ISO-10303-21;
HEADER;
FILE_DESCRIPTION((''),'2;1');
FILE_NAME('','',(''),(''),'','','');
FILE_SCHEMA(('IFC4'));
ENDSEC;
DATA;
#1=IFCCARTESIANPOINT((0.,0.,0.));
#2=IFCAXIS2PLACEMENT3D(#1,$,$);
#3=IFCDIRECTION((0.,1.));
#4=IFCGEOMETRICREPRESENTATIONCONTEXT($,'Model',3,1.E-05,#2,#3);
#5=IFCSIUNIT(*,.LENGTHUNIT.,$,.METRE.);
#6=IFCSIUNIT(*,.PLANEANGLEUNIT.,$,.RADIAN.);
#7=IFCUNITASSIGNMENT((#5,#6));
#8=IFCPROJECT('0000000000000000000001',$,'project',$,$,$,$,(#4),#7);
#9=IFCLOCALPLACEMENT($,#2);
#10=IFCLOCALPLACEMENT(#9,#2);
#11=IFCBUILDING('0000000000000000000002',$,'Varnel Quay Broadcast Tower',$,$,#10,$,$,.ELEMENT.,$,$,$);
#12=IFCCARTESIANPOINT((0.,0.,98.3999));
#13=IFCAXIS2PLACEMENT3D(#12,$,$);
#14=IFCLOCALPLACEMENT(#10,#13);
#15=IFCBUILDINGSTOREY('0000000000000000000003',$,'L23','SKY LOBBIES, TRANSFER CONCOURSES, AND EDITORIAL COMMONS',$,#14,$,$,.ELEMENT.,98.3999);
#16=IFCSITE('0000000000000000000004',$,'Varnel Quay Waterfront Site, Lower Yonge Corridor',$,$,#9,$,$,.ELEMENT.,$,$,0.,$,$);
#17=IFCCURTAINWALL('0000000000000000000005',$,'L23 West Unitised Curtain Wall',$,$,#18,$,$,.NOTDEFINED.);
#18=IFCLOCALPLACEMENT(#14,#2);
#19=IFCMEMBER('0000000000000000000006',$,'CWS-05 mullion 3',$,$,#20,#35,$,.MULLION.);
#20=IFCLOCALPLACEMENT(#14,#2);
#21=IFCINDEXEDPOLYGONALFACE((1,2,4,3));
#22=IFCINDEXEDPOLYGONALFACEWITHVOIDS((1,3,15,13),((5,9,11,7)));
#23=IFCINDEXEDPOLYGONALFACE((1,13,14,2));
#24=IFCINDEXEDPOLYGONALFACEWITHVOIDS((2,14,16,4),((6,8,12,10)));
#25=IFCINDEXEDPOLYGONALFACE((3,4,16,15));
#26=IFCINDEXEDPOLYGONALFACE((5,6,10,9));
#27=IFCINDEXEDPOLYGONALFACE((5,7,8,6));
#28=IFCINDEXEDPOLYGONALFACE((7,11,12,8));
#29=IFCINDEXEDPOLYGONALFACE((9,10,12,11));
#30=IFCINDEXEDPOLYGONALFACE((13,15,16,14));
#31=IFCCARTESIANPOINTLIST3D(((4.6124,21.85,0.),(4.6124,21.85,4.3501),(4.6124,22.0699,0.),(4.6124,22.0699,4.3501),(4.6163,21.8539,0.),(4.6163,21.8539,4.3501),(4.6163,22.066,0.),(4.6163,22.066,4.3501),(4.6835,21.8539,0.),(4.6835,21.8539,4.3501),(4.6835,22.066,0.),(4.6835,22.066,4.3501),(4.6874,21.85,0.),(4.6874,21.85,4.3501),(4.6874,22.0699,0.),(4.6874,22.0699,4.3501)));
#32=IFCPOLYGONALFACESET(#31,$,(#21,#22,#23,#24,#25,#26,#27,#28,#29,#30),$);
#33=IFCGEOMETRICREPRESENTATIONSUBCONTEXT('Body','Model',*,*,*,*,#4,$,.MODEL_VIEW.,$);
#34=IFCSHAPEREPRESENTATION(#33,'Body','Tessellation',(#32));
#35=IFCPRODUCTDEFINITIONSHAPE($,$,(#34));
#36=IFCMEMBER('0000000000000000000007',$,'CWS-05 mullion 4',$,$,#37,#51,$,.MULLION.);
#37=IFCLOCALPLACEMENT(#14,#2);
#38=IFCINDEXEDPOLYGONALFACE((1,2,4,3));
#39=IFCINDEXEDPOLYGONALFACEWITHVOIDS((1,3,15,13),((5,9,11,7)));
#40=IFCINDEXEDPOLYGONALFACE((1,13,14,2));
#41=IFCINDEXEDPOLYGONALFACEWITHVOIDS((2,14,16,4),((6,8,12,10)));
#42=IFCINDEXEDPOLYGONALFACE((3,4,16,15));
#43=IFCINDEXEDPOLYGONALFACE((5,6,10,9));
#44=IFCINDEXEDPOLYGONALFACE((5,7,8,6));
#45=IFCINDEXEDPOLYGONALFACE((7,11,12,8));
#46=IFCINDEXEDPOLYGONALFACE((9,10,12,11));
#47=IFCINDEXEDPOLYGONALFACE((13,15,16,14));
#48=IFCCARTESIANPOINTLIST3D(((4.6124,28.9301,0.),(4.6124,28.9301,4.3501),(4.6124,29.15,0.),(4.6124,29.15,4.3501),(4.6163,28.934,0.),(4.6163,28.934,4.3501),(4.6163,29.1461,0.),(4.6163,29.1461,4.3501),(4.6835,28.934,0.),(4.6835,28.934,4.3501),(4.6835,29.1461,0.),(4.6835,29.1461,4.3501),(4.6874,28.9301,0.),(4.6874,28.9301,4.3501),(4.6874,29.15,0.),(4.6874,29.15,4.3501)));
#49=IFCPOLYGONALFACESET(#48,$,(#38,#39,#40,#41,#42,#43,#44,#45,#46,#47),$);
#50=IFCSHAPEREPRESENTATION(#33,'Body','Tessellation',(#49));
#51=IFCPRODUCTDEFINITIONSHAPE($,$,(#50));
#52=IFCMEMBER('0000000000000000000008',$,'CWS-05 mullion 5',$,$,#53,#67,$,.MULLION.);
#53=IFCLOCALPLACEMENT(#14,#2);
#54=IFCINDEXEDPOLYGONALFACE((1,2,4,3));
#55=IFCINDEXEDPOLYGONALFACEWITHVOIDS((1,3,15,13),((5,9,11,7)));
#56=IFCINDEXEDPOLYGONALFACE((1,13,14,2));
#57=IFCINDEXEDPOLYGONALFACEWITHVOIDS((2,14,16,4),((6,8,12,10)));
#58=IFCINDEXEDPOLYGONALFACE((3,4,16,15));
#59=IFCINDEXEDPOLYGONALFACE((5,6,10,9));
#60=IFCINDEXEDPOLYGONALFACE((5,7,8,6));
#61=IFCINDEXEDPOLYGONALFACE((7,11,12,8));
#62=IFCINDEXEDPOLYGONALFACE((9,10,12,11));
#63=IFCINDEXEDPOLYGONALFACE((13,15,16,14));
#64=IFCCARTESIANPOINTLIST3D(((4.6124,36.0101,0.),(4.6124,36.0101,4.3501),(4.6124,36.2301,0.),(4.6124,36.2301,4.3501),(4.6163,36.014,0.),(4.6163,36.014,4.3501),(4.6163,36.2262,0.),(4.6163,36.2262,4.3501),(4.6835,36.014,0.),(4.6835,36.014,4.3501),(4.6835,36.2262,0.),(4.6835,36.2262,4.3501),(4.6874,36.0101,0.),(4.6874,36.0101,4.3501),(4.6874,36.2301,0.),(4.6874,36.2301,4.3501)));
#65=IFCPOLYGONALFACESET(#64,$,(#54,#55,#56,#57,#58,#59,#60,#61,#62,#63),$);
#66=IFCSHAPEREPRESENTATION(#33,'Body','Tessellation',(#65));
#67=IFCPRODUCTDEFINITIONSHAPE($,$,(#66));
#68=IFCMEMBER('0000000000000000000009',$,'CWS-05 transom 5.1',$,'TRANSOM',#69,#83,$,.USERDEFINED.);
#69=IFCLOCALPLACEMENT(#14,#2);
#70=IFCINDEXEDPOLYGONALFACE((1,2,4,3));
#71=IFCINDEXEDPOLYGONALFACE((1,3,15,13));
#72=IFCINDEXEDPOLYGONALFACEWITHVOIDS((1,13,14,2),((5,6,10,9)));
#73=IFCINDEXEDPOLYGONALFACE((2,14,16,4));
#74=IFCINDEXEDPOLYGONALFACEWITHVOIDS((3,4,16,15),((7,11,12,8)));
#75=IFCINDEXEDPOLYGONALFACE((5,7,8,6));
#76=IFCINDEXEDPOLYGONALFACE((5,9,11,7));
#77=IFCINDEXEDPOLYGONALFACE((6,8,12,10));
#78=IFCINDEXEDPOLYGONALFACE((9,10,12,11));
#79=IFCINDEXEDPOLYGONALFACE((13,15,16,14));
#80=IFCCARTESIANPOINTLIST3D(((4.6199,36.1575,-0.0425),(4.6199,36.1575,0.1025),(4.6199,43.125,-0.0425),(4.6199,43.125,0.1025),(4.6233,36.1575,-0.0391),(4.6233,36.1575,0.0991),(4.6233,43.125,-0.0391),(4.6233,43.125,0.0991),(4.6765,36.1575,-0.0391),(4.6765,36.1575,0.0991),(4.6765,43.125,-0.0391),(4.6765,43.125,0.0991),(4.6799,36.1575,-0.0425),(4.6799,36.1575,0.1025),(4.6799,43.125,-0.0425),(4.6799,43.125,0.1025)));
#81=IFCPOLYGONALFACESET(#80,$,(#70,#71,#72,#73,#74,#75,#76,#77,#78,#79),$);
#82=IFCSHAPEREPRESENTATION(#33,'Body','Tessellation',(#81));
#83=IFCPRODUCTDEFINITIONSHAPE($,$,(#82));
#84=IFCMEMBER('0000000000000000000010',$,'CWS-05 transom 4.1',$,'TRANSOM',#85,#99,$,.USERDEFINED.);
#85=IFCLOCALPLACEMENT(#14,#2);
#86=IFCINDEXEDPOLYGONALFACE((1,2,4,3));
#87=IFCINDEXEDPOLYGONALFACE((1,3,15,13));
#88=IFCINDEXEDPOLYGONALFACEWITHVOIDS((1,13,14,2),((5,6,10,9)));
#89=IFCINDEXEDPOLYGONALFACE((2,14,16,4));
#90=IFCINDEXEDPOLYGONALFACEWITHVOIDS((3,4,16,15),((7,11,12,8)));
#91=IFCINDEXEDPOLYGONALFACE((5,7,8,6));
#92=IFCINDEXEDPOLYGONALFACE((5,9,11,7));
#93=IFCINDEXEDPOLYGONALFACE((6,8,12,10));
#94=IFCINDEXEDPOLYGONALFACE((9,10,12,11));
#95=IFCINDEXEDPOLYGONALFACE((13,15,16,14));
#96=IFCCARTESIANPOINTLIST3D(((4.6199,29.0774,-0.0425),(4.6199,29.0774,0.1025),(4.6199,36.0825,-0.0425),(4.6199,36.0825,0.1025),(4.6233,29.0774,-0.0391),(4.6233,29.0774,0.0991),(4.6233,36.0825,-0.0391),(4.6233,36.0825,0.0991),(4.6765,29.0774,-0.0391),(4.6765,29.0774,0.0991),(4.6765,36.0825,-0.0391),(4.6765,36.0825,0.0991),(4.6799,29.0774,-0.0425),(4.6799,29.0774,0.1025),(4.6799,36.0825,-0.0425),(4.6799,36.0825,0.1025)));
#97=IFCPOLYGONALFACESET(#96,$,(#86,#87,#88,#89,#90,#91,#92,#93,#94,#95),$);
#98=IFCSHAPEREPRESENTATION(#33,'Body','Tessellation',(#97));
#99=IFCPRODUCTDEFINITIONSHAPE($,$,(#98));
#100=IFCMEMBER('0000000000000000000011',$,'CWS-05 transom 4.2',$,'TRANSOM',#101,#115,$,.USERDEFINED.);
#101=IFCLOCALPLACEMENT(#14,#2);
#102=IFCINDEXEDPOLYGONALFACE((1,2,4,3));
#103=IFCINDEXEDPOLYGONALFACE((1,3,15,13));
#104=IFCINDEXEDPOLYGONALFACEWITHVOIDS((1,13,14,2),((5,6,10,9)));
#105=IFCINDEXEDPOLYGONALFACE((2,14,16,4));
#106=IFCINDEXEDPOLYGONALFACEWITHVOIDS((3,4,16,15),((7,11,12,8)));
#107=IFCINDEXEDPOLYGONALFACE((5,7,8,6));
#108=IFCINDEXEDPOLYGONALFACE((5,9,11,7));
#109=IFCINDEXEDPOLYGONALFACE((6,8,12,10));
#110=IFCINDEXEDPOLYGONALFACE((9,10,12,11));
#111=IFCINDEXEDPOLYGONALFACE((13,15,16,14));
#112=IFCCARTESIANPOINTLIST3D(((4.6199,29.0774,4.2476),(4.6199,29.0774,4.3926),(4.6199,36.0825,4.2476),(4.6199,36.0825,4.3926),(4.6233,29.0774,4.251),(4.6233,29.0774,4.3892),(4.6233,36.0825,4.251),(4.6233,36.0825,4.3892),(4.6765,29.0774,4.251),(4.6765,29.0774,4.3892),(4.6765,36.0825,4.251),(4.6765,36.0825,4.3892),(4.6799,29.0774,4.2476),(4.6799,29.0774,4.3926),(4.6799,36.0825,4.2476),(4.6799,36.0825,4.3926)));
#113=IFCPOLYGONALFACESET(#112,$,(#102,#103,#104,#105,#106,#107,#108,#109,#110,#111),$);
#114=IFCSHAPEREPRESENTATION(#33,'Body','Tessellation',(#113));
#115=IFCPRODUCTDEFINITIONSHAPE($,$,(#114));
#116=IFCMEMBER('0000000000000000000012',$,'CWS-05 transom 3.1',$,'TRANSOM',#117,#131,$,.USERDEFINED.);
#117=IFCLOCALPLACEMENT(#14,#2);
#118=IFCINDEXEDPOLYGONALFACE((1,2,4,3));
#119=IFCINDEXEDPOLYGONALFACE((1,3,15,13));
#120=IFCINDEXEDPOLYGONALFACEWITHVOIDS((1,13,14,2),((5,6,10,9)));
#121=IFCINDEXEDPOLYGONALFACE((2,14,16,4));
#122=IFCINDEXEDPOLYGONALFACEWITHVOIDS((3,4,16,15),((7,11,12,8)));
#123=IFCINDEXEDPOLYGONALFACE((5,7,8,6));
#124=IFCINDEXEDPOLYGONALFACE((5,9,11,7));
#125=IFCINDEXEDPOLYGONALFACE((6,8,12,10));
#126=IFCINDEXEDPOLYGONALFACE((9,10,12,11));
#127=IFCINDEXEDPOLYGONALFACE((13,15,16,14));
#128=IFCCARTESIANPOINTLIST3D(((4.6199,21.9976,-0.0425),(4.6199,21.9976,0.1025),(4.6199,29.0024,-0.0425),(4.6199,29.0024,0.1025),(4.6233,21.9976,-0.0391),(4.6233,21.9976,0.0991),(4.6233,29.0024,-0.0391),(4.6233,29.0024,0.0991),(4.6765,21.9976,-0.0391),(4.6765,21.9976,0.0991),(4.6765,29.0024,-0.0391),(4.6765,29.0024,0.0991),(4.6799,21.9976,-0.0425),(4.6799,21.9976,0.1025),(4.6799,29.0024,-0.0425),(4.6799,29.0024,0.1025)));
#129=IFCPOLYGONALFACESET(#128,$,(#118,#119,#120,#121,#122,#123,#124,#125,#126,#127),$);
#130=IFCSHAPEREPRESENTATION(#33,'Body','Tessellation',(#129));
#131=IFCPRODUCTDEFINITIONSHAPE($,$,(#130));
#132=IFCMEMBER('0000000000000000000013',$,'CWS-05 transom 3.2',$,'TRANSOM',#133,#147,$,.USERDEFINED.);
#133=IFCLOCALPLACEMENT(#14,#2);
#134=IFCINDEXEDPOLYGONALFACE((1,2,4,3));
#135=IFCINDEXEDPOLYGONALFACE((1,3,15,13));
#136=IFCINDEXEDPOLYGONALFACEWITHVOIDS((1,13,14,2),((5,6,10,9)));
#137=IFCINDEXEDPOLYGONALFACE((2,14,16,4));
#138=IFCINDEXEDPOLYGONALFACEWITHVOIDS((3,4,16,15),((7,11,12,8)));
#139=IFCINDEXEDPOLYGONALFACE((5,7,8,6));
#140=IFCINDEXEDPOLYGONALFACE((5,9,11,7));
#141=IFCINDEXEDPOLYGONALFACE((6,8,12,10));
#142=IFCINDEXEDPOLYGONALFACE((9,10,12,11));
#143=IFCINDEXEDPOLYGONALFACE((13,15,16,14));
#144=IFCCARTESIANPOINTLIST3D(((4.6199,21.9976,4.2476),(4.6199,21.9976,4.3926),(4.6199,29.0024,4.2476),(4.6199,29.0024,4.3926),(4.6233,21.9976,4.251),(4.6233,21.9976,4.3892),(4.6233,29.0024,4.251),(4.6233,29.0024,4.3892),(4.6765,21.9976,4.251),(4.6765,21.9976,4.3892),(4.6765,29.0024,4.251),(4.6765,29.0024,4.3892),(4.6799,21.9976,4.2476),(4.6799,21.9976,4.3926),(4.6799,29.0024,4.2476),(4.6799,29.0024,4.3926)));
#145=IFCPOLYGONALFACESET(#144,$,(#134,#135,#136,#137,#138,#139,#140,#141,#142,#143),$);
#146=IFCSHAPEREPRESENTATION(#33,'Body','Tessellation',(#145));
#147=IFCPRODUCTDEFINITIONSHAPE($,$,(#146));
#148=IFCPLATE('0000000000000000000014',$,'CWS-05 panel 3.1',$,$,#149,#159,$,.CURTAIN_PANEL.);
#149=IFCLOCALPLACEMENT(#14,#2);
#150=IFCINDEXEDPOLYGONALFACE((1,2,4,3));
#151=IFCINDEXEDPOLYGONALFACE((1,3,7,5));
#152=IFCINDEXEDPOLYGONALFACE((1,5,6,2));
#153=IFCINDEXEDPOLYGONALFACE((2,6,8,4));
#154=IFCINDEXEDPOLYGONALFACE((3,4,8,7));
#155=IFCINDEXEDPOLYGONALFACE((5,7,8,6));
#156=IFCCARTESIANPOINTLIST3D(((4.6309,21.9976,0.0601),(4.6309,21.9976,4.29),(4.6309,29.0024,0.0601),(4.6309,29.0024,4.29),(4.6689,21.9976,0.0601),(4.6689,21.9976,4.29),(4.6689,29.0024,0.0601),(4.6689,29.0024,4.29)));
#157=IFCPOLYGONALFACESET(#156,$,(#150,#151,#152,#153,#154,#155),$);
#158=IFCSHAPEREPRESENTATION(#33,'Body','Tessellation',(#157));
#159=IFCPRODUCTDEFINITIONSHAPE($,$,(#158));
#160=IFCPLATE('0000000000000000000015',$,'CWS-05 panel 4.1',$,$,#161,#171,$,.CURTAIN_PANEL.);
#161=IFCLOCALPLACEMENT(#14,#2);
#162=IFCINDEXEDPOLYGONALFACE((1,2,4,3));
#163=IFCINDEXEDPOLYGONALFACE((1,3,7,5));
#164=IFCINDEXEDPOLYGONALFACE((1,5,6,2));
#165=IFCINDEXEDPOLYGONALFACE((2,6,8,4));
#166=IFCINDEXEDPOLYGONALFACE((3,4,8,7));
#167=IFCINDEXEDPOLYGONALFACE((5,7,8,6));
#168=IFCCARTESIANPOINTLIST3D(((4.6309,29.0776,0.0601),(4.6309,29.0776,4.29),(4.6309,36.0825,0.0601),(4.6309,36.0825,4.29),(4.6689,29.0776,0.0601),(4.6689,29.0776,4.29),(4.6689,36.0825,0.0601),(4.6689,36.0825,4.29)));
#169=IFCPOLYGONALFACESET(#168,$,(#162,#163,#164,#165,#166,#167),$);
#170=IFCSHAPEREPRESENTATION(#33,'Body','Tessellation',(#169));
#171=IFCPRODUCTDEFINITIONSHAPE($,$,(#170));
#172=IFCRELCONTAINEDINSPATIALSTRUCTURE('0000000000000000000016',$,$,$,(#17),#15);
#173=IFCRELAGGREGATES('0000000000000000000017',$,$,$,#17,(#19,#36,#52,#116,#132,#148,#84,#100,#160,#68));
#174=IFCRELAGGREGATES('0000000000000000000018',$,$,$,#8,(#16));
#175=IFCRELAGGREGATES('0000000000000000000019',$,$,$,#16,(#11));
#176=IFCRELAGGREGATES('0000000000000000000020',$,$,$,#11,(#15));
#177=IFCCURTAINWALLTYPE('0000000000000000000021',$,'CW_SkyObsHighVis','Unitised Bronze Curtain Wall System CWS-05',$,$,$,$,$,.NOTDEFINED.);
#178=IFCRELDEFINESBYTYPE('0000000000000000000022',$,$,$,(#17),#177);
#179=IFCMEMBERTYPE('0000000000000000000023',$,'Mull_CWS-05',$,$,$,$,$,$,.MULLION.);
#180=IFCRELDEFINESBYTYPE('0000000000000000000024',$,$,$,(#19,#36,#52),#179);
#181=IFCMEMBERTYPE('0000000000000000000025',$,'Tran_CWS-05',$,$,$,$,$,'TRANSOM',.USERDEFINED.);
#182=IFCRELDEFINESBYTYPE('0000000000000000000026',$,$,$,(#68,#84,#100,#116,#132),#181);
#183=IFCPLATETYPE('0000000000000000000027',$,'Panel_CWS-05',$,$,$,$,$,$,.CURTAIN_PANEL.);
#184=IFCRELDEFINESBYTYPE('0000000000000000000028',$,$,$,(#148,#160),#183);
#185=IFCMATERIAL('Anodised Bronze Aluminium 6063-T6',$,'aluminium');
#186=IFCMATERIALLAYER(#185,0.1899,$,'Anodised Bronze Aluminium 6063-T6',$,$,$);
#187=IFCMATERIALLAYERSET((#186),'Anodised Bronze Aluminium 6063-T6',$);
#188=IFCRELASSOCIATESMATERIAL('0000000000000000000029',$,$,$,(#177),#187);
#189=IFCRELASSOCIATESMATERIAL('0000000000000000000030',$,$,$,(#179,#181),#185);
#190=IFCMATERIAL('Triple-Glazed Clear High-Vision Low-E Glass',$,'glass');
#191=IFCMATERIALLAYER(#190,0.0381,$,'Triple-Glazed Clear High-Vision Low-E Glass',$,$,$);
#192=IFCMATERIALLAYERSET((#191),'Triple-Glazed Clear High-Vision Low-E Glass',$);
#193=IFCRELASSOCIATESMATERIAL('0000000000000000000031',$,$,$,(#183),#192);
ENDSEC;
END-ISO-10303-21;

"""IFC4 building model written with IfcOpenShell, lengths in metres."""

from ifc_helpers import new_model, si_unit, direction, frame, origin, origin_2d, place, context, subcontext, project, spatial, rectangle, hollow_rectangle, extrude, source, transform, mapped, material, layer, layer_set, material_profile, profile_set, type_object, type_shapes, element, aggregate, save


model = new_model("IFC4")

# Units and contexts
model_context = context("Model", 3, precision=1e-05, world=origin(), true_north=direction((0.0, 1.0)))
body_context = subcontext(model_context, "Body", "Model", "MODEL_VIEW")
ifc_project = project(units=[si_unit("LENGTHUNIT", "METRE"), si_unit("PLANEANGLEUNIT", "RADIAN")], contexts=[model_context])

# Site, building, storey
site_placement = place(None, origin())
site = spatial("IfcSite", under=ifc_project, at=site_placement, Name="Varnel Quay Waterfront Site, Lower Yonge Corridor", CompositionType="ELEMENT", RefElevation=0.0)
building_placement = place(site_placement, origin())
building = spatial("IfcBuilding", under=site, at=building_placement, Name="Varnel Quay Broadcast Tower", CompositionType="ELEMENT")
storey_placement = place(building_placement, frame((0.0, 0.0, 98.3999)))
storey = spatial("IfcBuildingStorey", under=building, at=storey_placement, Name="L23", Description="SKY LOBBIES, TRANSFER CONCOURSES, AND EDITORIAL COMMONS", CompositionType="ELEMENT", Elevation=98.3999)

# Curtain wall, members, plates
ifc_material_1 = material(Name="Anodised Bronze Aluminium 6063-T6", Category="aluminium")
ifc_layer_1 = layer(ifc_material_1, 0.1899, Name="Anodised Bronze Aluminium 6063-T6")
ifc_layer_set_1 = layer_set([ifc_layer_1], Name="Anodised Bronze Aluminium 6063-T6")
curtain_wall_type = type_object("IfcCurtainWallType", Name="CW_SkyObsHighVis", Description="Unitised Bronze Curtain Wall System CWS-05", PredefinedType="NOTDEFINED", material=ifc_layer_set_1)
curtain_wall_placement = place(storey_placement, origin())
curtain_wall = element("IfcCurtainWall", 1, at=curtain_wall_placement, inside=storey, type_object=curtain_wall_type, Name="L23 West Unitised Curtain Wall", PredefinedType="NOTDEFINED")
ifc_material_profile_1 = material_profile(ifc_material_1, hollow_rectangle(XDim=0.075, YDim=0.22, WallThickness=0.0039, at=origin_2d()), Name="ALU75X220X4")
ifc_profile_set_1 = profile_set([ifc_material_profile_1], Name="Anodised Bronze Aluminium 6063-T6")
member_type_1 = type_object("IfcMemberType", Name="Mull_CWS-05", PredefinedType="MULLION", material=ifc_profile_set_1)
shared_shape_1 = source(origin(), body_context, "Body", "SweptSolid", [
    extrude(hollow_rectangle(XDim=0.075, YDim=0.22, WallThickness=0.0039, at=origin_2d()), origin(), (0.0, 0.0, 1.0), 4.3501),
])
type_shapes(member_type_1, [shared_shape_1])
member_1_placement = place(storey_placement, frame((4.6499, 21.96, 0.0), z_axis=(0.0, 0.0, 1.0), x_axis=(-1.0, 0.0, 0.0)))
member_1 = element("IfcMember", 2, at=member_1_placement, type_object=member_type_1, Name="CWS-05 mullion 3", PredefinedType="MULLION", context=body_context, shape_type="MappedRepresentation", body=[
    mapped(shared_shape_1, transform((0.0, 0.0, 0.0), x_axis=(1.0, 0.0, 0.0), y_axis=(0.0, 1.0, 0.0), z_axis=(0.0, 0.0, 1.0), scale=1.0)),
])
member_2_placement = place(storey_placement, frame((4.6499, 29.04, 0.0), z_axis=(0.0, 0.0, 1.0), x_axis=(-1.0, 0.0, 0.0)))
member_2 = element("IfcMember", 3, at=member_2_placement, type_object=member_type_1, Name="CWS-05 mullion 4", PredefinedType="MULLION", context=body_context, shape_type="MappedRepresentation", body=[
    mapped(shared_shape_1, transform((0.0, 0.0, 0.0), x_axis=(1.0, 0.0, 0.0), y_axis=(0.0, 1.0, 0.0), z_axis=(0.0, 0.0, 1.0), scale=1.0)),
])
member_3_placement = place(storey_placement, frame((4.6499, 36.1201, 0.0), z_axis=(0.0, 0.0, 1.0), x_axis=(-1.0, 0.0, 0.0)))
member_3 = element("IfcMember", 4, at=member_3_placement, type_object=member_type_1, Name="CWS-05 mullion 5", PredefinedType="MULLION", context=body_context, shape_type="MappedRepresentation", body=[
    mapped(shared_shape_1, transform((0.0, 0.0, 0.0), x_axis=(1.0, 0.0, 0.0), y_axis=(0.0, 1.0, 0.0), z_axis=(0.0, 0.0, 1.0), scale=1.0)),
])
ifc_material_profile_2 = material_profile(ifc_material_1, hollow_rectangle(XDim=0.0601, YDim=0.145, WallThickness=0.0034, at=origin_2d()), Name="ALU60X145X3.5")
ifc_profile_set_2 = profile_set([ifc_material_profile_2], Name="Anodised Bronze Aluminium 6063-T6")
member_type_2 = type_object("IfcMemberType", Name="Tran_CWS-05", ElementType="TRANSOM", PredefinedType="USERDEFINED", material=ifc_profile_set_2)
shared_shape_2 = source(origin(), body_context, "Body", "SweptSolid", [
    extrude(hollow_rectangle(XDim=0.0601, YDim=0.145, WallThickness=0.0034, at=origin_2d()), origin(), (0.0, 0.0, 1.0), 6.9675),
])
member_4_placement = place(storey_placement, frame((4.6499, 36.1575, 0.03), z_axis=(0.0, 1.0, 0.0), x_axis=(-1.0, 0.0, 0.0)))
member_4 = element("IfcMember", 5, at=member_4_placement, type_object=member_type_2, Name="CWS-05 transom 5.1", ObjectType="TRANSOM", PredefinedType="USERDEFINED", context=body_context, shape_type="MappedRepresentation", body=[
    mapped(shared_shape_2, transform((0.0, 0.0, 0.0), x_axis=(1.0, 0.0, 0.0), y_axis=(0.0, 1.0, 0.0), z_axis=(0.0, 0.0, 1.0), scale=1.0)),
])
shared_shape_3 = source(origin(), body_context, "Body", "SweptSolid", [
    extrude(hollow_rectangle(XDim=0.0601, YDim=0.145, WallThickness=0.0034, at=origin_2d()), origin(), (0.0, 0.0, 1.0), 7.0051),
])
member_5_placement = place(storey_placement, frame((4.6499, 29.0774, 0.03), z_axis=(0.0, 1.0, 0.0), x_axis=(-1.0, 0.0, 0.0)))
member_5 = element("IfcMember", 6, at=member_5_placement, type_object=member_type_2, Name="CWS-05 transom 4.1", ObjectType="TRANSOM", PredefinedType="USERDEFINED", context=body_context, shape_type="MappedRepresentation", body=[
    mapped(shared_shape_3, transform((0.0, 0.0, 0.0), x_axis=(1.0, 0.0, 0.0), y_axis=(0.0, 1.0, 0.0), z_axis=(0.0, 0.0, 1.0), scale=1.0)),
])
member_6_placement = place(storey_placement, frame((4.6499, 29.0774, 4.3201), z_axis=(0.0, 1.0, 0.0), x_axis=(-1.0, 0.0, 0.0)))
member_6 = element("IfcMember", 7, at=member_6_placement, type_object=member_type_2, Name="CWS-05 transom 4.2", ObjectType="TRANSOM", PredefinedType="USERDEFINED", context=body_context, shape_type="MappedRepresentation", body=[
    mapped(shared_shape_3, transform((0.0, 0.0, 0.0), x_axis=(1.0, 0.0, 0.0), y_axis=(0.0, 1.0, 0.0), z_axis=(0.0, 0.0, 1.0), scale=1.0)),
])
shared_shape_4 = source(origin(), body_context, "Body", "SweptSolid", [
    extrude(hollow_rectangle(XDim=0.0601, YDim=0.145, WallThickness=0.0034, at=origin_2d()), origin(), (0.0, 0.0, 1.0), 7.0049),
])
type_shapes(member_type_2, [shared_shape_2, shared_shape_3, shared_shape_4])
member_7_placement = place(storey_placement, frame((4.6499, 21.9976, 0.03), z_axis=(0.0, 1.0, 0.0), x_axis=(-1.0, 0.0, 0.0)))
member_7 = element("IfcMember", 8, at=member_7_placement, type_object=member_type_2, Name="CWS-05 transom 3.1", ObjectType="TRANSOM", PredefinedType="USERDEFINED", context=body_context, shape_type="MappedRepresentation", body=[
    mapped(shared_shape_4, transform((0.0, 0.0, 0.0), x_axis=(1.0, 0.0, 0.0), y_axis=(0.0, 1.0, 0.0), z_axis=(0.0, 0.0, 1.0), scale=1.0)),
])
member_8_placement = place(storey_placement, frame((4.6499, 21.9976, 4.3201), z_axis=(0.0, 1.0, 0.0), x_axis=(-1.0, 0.0, 0.0)))
member_8 = element("IfcMember", 9, at=member_8_placement, type_object=member_type_2, Name="CWS-05 transom 3.2", ObjectType="TRANSOM", PredefinedType="USERDEFINED", context=body_context, shape_type="MappedRepresentation", body=[
    mapped(shared_shape_4, transform((0.0, 0.0, 0.0), x_axis=(1.0, 0.0, 0.0), y_axis=(0.0, 1.0, 0.0), z_axis=(0.0, 0.0, 1.0), scale=1.0)),
])
ifc_material_2 = material(Name="Triple-Glazed Clear High-Vision Low-E Glass", Category="glass")
ifc_layer_2 = layer(ifc_material_2, 0.0381, Name="Triple-Glazed Clear High-Vision Low-E Glass")
ifc_layer_set_2 = layer_set([ifc_layer_2], Name="Triple-Glazed Clear High-Vision Low-E Glass")
plate_type = type_object("IfcPlateType", Name="Panel_CWS-05", PredefinedType="CURTAIN_PANEL", material=ifc_layer_set_2)
shared_shape_5 = source(origin(), body_context, "Body", "SweptSolid", [
    extrude(rectangle(XDim=7.0049, YDim=0.0381, at=origin_2d()), origin(), (0.0, 0.0, 1.0), 4.23),
])
type_shapes(plate_type, [shared_shape_5])
plate_1_placement = place(storey_placement, frame((4.6499, 25.5, 0.0601), z_axis=(0.0, 0.0, 1.0), x_axis=(0.0, 1.0, 0.0)))
plate_1 = element("IfcPlate", 10, at=plate_1_placement, type_object=plate_type, Name="CWS-05 panel 3.1", PredefinedType="CURTAIN_PANEL", context=body_context, shape_type="MappedRepresentation", body=[
    mapped(shared_shape_5, transform((0.0, 0.0, 0.0), x_axis=(1.0, 0.0, 0.0), y_axis=(0.0, 1.0, 0.0), z_axis=(0.0, 0.0, 1.0), scale=1.0)),
])
plate_2_placement = place(storey_placement, frame((4.6499, 32.5801, 0.0601), z_axis=(0.0, 0.0, 1.0), x_axis=(0.0, 1.0, 0.0)))
plate_2 = element("IfcPlate", 11, at=plate_2_placement, type_object=plate_type, Name="CWS-05 panel 4.1", PredefinedType="CURTAIN_PANEL", context=body_context, shape_type="MappedRepresentation", body=[
    mapped(shared_shape_5, transform((0.0, 0.0, 0.0), x_axis=(1.0, 0.0, 0.0), y_axis=(0.0, 1.0, 0.0), z_axis=(0.0, 0.0, 1.0), scale=1.0)),
])
aggregate(curtain_wall, [member_1, member_2, member_3, member_7, member_8, plate_1, member_5, member_6, plate_2, member_4])

save(model, "model.ifc")
